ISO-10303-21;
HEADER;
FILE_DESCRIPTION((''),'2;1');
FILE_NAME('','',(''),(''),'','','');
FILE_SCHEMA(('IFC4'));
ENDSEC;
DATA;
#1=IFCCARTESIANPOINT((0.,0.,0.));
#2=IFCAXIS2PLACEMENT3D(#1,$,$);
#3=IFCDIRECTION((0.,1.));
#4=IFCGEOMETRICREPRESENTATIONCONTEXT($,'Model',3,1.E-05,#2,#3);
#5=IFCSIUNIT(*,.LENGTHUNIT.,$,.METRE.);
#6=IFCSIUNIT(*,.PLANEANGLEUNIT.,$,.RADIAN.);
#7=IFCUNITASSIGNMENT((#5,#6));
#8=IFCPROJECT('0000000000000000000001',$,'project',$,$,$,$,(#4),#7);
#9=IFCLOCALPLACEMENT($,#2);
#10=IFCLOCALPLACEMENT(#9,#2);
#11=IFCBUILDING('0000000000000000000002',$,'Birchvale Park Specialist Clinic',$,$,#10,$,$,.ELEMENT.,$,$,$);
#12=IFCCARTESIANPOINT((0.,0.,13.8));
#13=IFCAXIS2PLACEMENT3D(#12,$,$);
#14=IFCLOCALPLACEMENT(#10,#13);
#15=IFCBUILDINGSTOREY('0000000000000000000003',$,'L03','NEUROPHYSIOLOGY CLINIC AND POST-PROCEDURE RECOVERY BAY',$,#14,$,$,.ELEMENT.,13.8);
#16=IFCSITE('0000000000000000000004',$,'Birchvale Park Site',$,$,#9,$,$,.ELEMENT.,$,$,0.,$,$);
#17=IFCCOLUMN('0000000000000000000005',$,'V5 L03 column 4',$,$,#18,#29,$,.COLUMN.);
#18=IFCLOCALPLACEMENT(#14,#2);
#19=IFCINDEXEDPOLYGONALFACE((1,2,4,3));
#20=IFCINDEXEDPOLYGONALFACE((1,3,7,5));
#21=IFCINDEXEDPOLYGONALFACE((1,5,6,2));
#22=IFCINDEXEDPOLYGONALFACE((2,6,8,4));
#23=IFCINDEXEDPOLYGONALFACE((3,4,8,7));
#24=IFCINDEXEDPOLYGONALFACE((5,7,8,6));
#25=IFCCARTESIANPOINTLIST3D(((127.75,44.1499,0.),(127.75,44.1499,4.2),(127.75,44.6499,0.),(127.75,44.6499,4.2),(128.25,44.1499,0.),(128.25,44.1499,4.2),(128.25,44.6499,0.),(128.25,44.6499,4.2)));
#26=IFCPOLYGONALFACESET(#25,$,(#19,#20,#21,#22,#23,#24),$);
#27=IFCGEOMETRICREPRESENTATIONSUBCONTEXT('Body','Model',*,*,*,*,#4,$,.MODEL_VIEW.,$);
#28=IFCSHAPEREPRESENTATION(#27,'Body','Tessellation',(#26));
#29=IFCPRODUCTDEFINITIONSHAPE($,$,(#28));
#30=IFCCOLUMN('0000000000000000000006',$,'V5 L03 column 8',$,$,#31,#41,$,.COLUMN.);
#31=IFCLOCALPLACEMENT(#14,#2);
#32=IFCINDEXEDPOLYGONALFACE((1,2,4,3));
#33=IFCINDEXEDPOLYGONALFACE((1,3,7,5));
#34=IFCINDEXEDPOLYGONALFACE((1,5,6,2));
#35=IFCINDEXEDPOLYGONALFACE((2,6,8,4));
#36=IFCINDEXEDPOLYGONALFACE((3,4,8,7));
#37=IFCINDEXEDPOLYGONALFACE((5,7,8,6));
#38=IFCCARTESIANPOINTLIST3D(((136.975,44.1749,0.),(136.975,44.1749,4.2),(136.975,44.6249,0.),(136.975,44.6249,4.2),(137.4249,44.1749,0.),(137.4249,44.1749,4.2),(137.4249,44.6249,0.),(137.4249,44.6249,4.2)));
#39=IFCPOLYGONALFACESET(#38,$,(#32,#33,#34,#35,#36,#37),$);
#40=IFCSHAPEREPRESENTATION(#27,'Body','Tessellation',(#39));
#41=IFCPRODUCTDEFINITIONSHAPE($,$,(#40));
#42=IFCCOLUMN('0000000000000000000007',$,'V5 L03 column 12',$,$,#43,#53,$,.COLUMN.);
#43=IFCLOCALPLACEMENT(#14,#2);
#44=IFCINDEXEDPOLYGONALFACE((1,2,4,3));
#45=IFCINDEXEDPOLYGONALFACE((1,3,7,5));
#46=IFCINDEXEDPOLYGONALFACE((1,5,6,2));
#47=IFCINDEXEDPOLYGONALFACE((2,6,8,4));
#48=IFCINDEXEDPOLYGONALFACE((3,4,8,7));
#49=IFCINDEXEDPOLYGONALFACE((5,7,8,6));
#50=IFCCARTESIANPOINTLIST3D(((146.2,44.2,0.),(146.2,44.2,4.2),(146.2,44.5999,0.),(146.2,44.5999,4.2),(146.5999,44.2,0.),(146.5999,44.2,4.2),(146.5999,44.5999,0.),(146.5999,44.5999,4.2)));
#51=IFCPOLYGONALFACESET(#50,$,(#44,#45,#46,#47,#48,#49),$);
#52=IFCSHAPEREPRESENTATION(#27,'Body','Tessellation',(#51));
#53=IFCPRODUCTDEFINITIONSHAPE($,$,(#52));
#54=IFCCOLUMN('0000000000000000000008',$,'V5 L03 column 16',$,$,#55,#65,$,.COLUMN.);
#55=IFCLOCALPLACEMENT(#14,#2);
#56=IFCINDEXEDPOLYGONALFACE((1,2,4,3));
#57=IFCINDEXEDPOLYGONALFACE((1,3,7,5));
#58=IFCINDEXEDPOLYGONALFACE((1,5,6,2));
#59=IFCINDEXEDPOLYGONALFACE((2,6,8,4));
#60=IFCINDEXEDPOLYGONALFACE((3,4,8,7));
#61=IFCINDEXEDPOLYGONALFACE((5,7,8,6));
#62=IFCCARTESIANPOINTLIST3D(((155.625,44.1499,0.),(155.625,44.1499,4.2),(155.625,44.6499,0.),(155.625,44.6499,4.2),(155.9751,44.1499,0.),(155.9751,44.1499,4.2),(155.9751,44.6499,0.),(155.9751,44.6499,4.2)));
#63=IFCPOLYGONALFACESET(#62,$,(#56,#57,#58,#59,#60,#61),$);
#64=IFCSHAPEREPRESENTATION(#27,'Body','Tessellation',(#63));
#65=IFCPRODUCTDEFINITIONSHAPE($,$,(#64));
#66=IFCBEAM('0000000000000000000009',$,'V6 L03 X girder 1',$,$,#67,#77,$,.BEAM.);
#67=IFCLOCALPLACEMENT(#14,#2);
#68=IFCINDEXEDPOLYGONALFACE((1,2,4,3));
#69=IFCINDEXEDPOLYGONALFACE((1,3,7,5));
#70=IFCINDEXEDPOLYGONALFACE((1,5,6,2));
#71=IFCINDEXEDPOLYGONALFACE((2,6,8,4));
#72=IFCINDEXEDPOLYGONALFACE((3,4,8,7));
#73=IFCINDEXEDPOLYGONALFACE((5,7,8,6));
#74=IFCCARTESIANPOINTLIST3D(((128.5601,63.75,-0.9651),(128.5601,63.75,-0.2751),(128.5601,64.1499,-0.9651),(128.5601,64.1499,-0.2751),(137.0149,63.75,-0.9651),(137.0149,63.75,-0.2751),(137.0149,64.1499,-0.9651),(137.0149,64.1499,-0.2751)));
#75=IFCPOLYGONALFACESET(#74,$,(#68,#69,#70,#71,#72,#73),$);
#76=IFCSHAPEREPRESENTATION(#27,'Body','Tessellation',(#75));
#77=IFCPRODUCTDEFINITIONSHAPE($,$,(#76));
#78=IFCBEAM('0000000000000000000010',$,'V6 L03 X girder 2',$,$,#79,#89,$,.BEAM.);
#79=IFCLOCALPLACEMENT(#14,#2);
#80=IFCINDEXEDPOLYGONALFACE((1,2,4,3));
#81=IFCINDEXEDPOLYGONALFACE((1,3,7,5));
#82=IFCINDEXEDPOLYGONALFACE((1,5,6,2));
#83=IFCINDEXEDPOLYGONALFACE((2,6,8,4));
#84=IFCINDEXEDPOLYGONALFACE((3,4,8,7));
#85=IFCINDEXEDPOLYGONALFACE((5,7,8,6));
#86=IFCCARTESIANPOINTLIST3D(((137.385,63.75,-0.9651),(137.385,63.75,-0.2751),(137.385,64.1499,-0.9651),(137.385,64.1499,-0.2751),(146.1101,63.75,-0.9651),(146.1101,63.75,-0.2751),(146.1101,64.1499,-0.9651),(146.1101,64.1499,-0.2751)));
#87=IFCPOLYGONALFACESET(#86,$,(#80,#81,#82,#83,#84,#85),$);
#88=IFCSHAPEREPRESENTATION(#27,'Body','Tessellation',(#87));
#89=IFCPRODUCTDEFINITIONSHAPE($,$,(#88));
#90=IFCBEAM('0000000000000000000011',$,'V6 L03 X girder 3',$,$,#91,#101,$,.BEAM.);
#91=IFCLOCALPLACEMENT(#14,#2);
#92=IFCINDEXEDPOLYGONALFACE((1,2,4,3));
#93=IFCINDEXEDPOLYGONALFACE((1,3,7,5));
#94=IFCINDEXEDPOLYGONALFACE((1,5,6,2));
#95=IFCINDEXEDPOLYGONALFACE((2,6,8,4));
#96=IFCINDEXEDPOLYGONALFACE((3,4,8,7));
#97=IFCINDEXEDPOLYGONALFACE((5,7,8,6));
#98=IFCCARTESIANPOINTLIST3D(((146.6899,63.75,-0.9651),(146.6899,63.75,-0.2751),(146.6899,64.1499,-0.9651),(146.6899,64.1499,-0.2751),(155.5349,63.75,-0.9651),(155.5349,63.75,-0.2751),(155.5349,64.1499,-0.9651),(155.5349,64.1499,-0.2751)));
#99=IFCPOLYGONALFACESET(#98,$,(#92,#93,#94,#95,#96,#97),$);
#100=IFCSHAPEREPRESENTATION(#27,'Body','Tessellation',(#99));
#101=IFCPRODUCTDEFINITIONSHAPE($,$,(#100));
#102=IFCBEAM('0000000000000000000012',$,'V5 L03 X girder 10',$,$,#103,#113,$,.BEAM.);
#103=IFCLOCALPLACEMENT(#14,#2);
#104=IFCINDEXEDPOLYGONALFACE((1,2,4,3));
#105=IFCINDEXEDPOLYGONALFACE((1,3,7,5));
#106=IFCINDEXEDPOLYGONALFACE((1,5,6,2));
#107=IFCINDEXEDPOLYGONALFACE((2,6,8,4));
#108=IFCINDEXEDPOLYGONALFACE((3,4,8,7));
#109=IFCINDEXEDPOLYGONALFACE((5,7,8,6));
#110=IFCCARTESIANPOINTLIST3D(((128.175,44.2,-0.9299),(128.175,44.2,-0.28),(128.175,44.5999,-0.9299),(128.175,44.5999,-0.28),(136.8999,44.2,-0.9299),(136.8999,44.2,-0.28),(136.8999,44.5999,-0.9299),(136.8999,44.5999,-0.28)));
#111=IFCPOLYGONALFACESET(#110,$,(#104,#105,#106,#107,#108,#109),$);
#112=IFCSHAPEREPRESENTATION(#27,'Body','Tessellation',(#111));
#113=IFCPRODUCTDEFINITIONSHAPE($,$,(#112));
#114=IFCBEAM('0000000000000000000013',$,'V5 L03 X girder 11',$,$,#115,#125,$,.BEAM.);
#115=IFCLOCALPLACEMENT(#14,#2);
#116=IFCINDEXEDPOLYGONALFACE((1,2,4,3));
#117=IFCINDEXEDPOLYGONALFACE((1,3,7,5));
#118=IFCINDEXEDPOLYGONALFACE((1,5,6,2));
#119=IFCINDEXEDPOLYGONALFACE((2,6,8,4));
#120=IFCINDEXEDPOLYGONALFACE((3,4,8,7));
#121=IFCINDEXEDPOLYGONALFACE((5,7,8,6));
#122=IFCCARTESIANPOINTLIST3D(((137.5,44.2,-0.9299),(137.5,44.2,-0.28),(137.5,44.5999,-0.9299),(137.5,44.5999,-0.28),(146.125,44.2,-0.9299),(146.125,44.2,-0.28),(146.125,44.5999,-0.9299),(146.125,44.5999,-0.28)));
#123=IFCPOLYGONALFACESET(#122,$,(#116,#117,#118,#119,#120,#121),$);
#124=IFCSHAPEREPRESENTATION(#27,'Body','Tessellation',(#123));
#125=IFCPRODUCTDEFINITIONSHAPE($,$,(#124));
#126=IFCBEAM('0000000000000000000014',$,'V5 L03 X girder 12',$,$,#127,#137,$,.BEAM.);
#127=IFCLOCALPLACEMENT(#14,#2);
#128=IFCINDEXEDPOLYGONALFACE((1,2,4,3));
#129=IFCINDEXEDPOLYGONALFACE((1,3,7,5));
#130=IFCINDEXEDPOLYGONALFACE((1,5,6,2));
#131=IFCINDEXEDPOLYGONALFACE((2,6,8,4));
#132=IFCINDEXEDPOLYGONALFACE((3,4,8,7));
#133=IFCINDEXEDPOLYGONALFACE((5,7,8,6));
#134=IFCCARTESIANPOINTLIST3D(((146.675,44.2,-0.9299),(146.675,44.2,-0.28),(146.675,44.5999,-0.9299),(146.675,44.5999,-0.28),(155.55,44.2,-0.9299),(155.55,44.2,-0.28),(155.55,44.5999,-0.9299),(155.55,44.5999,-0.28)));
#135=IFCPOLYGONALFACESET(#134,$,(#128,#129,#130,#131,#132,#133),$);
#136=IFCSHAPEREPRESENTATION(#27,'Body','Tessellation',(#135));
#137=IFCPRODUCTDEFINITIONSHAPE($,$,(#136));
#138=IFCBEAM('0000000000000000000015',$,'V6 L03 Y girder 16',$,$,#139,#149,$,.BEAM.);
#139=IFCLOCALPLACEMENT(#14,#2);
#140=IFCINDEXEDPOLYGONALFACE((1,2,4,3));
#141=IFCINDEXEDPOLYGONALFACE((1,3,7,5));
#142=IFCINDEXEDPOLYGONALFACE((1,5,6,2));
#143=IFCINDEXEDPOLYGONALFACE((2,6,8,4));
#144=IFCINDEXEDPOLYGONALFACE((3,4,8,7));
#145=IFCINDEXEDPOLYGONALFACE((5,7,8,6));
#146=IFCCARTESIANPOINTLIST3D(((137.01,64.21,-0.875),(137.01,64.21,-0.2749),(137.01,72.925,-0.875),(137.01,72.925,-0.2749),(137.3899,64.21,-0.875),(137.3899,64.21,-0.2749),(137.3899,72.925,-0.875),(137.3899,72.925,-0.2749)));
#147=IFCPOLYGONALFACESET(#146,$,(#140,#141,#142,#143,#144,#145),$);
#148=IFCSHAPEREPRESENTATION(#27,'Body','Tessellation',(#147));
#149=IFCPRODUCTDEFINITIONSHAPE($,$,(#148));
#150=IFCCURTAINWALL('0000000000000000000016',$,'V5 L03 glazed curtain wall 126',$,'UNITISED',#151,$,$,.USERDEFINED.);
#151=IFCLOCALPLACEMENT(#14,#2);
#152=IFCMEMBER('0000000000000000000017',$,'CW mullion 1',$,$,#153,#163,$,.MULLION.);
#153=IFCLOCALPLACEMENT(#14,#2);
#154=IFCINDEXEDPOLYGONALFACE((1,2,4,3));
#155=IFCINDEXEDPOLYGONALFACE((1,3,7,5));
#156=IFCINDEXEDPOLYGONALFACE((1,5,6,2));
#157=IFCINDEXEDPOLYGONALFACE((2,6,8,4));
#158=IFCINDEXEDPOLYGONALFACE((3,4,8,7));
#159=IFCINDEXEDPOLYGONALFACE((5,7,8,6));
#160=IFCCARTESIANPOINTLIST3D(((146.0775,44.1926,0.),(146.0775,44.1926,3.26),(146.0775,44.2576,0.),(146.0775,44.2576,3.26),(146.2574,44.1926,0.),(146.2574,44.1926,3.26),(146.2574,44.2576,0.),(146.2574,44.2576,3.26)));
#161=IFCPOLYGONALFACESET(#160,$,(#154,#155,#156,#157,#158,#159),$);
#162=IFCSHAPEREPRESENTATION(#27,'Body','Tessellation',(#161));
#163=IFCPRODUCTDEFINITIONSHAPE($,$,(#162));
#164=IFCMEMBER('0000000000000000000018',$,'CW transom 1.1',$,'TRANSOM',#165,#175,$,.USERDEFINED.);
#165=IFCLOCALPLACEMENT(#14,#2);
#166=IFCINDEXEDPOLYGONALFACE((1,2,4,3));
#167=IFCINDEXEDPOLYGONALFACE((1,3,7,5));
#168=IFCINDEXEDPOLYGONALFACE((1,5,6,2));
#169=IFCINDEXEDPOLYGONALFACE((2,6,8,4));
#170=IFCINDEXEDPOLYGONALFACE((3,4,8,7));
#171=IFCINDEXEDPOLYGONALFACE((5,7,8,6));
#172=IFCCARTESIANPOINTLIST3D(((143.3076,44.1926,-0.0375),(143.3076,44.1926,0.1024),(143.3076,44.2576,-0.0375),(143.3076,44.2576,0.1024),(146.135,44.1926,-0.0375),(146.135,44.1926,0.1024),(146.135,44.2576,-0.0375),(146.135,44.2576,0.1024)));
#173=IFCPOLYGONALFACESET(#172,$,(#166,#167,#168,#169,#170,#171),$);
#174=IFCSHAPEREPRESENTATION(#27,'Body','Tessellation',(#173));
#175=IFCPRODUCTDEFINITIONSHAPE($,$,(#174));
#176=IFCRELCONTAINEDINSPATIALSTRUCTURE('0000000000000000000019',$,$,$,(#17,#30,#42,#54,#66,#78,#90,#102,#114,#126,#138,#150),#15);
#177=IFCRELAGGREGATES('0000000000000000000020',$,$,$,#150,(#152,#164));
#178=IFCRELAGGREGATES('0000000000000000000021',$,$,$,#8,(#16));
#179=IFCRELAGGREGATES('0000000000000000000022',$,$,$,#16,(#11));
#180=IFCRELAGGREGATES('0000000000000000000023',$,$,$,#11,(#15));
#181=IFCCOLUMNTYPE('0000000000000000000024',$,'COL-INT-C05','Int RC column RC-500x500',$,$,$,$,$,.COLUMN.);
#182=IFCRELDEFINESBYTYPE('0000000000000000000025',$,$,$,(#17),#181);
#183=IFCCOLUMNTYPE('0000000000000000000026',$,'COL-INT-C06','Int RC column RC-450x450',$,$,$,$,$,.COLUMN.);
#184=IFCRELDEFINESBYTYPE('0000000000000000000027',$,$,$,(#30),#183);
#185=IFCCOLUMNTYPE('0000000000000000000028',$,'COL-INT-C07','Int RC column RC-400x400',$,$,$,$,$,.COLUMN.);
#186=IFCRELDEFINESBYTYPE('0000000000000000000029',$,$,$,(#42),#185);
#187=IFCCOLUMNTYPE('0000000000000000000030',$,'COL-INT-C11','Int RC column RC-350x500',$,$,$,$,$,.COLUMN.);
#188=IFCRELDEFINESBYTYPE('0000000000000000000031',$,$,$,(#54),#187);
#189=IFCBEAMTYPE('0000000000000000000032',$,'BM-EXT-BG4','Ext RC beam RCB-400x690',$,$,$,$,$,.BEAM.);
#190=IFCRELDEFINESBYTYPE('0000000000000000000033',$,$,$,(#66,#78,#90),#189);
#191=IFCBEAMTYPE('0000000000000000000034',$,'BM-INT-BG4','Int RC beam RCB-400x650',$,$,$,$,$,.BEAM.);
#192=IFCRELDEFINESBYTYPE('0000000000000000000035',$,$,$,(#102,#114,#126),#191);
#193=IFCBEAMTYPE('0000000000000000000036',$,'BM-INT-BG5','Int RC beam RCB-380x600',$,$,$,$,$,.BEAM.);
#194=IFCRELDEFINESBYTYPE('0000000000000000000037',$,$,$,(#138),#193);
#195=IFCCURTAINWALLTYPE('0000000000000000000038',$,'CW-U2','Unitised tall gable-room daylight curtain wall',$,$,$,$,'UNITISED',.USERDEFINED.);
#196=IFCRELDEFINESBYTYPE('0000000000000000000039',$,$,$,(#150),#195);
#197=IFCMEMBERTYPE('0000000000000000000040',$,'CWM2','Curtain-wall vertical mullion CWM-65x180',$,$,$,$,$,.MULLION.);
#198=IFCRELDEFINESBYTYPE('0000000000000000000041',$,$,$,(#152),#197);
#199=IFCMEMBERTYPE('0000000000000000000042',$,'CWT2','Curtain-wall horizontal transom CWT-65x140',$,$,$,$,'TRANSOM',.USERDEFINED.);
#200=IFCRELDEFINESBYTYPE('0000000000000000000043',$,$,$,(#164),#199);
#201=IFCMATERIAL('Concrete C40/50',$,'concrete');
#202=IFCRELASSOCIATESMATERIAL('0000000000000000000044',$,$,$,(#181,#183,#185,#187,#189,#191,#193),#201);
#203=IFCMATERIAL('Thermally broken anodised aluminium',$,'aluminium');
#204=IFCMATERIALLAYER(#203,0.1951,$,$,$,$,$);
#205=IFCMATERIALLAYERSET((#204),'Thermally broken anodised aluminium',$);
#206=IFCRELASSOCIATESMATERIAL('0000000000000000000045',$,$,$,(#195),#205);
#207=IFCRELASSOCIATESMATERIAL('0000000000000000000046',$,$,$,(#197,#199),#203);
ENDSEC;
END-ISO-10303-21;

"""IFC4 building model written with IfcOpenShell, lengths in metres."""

from ifc_helpers import new_model, si_unit, direction, frame, origin, origin_2d, place, context, subcontext, project, spatial, rectangle, extrude, material, layer, layer_set, material_profile, profile_set, type_object, element, aggregate, save


model = new_model("IFC4")

# Units and contexts
model_context = context("Model", 3, precision=1e-05, world=origin(), true_north=direction((0.0, 1.0)))
body_context = subcontext(model_context, "Body", "Model", "MODEL_VIEW")
ifc_project = project(units=[si_unit("LENGTHUNIT", "METRE"), si_unit("PLANEANGLEUNIT", "RADIAN")], contexts=[model_context])

# Site, building, storey
site_placement = place(None, origin())
site = spatial("IfcSite", under=ifc_project, at=site_placement, Name="Birchvale Park Site", CompositionType="ELEMENT", RefElevation=0.0)
building_placement = place(site_placement, origin())
building = spatial("IfcBuilding", under=site, at=building_placement, Name="Birchvale Park Specialist Clinic", CompositionType="ELEMENT")
storey_placement = place(building_placement, frame((0.0, 0.0, 13.8)))
storey = spatial("IfcBuildingStorey", under=building, at=storey_placement, Name="L03", Description="NEUROPHYSIOLOGY CLINIC AND POST-PROCEDURE RECOVERY BAY", CompositionType="ELEMENT", Elevation=13.8)

# Columns
ifc_material_1 = material(Name="Concrete C40/50", Category="concrete")
ifc_material_profile_1 = material_profile(ifc_material_1, rectangle(XDim=0.5, YDim=0.5, at=origin_2d()), Name="RC-500x500")
ifc_profile_set_1 = profile_set([ifc_material_profile_1], Name="Concrete C40/50")
column_type_1 = type_object("IfcColumnType", Name="COL-INT-C05", Description="Int RC column RC-500x500", PredefinedType="COLUMN", material=ifc_profile_set_1)
column_1_placement = place(storey_placement, frame((128.0, 44.3999, 0.0), z_axis=(0.0, 0.0, 1.0), x_axis=(1.0, 0.0, 0.0)))
element("IfcColumn", 1, at=column_1_placement, inside=storey, type_object=column_type_1, Name="V5 L03 column 4", PredefinedType="COLUMN", context=body_context, shape_type="SweptSolid", body=[
    extrude(rectangle(XDim=0.5, YDim=0.5, at=origin_2d()), origin(), (0.0, 0.0, 1.0), 4.2),
])
ifc_material_profile_2 = material_profile(ifc_material_1, rectangle(XDim=0.45, YDim=0.45, at=origin_2d()), Name="RC-450x450")
ifc_profile_set_2 = profile_set([ifc_material_profile_2], Name="Concrete C40/50")
column_type_2 = type_object("IfcColumnType", Name="COL-INT-C06", Description="Int RC column RC-450x450", PredefinedType="COLUMN", material=ifc_profile_set_2)
column_2_placement = place(storey_placement, frame((137.2, 44.3999, 0.0), z_axis=(0.0, 0.0, 1.0), x_axis=(1.0, 0.0, 0.0)))
element("IfcColumn", 2, at=column_2_placement, inside=storey, type_object=column_type_2, Name="V5 L03 column 8", PredefinedType="COLUMN", context=body_context, shape_type="SweptSolid", body=[
    extrude(rectangle(XDim=0.45, YDim=0.45, at=origin_2d()), origin(), (0.0, 0.0, 1.0), 4.2),
])
ifc_material_profile_3 = material_profile(ifc_material_1, rectangle(XDim=0.3999, YDim=0.3999, at=origin_2d()), Name="RC-400x400")
ifc_profile_set_3 = profile_set([ifc_material_profile_3], Name="Concrete C40/50")
column_type_3 = type_object("IfcColumnType", Name="COL-INT-C07", Description="Int RC column RC-400x400", PredefinedType="COLUMN", material=ifc_profile_set_3)
column_3_placement = place(storey_placement, frame((146.3999, 44.3999, 0.0), z_axis=(0.0, 0.0, 1.0), x_axis=(1.0, 0.0, 0.0)))
element("IfcColumn", 3, at=column_3_placement, inside=storey, type_object=column_type_3, Name="V5 L03 column 12", PredefinedType="COLUMN", context=body_context, shape_type="SweptSolid", body=[
    extrude(rectangle(XDim=0.3999, YDim=0.3999, at=origin_2d()), origin(), (0.0, 0.0, 1.0), 4.2),
])
ifc_material_profile_4 = material_profile(ifc_material_1, rectangle(XDim=0.3501, YDim=0.5, at=origin_2d()), Name="RC-350x500")
ifc_profile_set_4 = profile_set([ifc_material_profile_4], Name="Concrete C40/50")
column_type_4 = type_object("IfcColumnType", Name="COL-INT-C11", Description="Int RC column RC-350x500", PredefinedType="COLUMN", material=ifc_profile_set_4)
column_4_placement = place(storey_placement, frame((155.8, 44.3999, 0.0), z_axis=(0.0, 0.0, 1.0), x_axis=(1.0, 0.0, 0.0)))
element("IfcColumn", 4, at=column_4_placement, inside=storey, type_object=column_type_4, Name="V5 L03 column 16", PredefinedType="COLUMN", context=body_context, shape_type="SweptSolid", body=[
    extrude(rectangle(XDim=0.3501, YDim=0.5, at=origin_2d()), origin(), (0.0, 0.0, 1.0), 4.2),
])

# Beams
ifc_material_profile_5 = material_profile(ifc_material_1, rectangle(XDim=0.3999, YDim=0.6899, at=origin_2d()), Name="RCB-400x690")
ifc_profile_set_5 = profile_set([ifc_material_profile_5], Name="Concrete C40/50")
beam_type_1 = type_object("IfcBeamType", Name="BM-EXT-BG4", Description="Ext RC beam RCB-400x690", PredefinedType="BEAM", material=ifc_profile_set_5)
beam_1_placement = place(storey_placement, frame((128.5601, 63.95, -0.6201), z_axis=(1.0, 0.0, 0.0), x_axis=(0.0, 1.0, 0.0)))
element("IfcBeam", 5, at=beam_1_placement, inside=storey, type_object=beam_type_1, Name="V6 L03 X girder 1", PredefinedType="BEAM", context=body_context, shape_type="SweptSolid", body=[
    extrude(rectangle(XDim=0.3999, YDim=0.6899, at=origin_2d()), origin(), (0.0, 0.0, 1.0), 8.4548),
])
beam_2_placement = place(storey_placement, frame((137.385, 63.95, -0.6201), z_axis=(1.0, 0.0, 0.0), x_axis=(0.0, 1.0, 0.0)))
element("IfcBeam", 6, at=beam_2_placement, inside=storey, type_object=beam_type_1, Name="V6 L03 X girder 2", PredefinedType="BEAM", context=body_context, shape_type="SweptSolid", body=[
    extrude(rectangle(XDim=0.3999, YDim=0.6899, at=origin_2d()), origin(), (0.0, 0.0, 1.0), 8.7251),
])
beam_3_placement = place(storey_placement, frame((146.6899, 63.95, -0.6201), z_axis=(1.0, 0.0, 0.0), x_axis=(0.0, 1.0, 0.0)))
element("IfcBeam", 7, at=beam_3_placement, inside=storey, type_object=beam_type_1, Name="V6 L03 X girder 3", PredefinedType="BEAM", context=body_context, shape_type="SweptSolid", body=[
    extrude(rectangle(XDim=0.3999, YDim=0.6899, at=origin_2d()), origin(), (0.0, 0.0, 1.0), 8.845),
])
ifc_material_profile_6 = material_profile(ifc_material_1, rectangle(XDim=0.3999, YDim=0.6499, at=origin_2d()), Name="RCB-400x650")
ifc_profile_set_6 = profile_set([ifc_material_profile_6], Name="Concrete C40/50")
beam_type_2 = type_object("IfcBeamType", Name="BM-INT-BG4", Description="Int RC beam RCB-400x650", PredefinedType="BEAM", material=ifc_profile_set_6)
beam_4_placement = place(storey_placement, frame((128.175, 44.3999, -0.605), z_axis=(1.0, 0.0, 0.0), x_axis=(0.0, 1.0, 0.0)))
element("IfcBeam", 8, at=beam_4_placement, inside=storey, type_object=beam_type_2, Name="V5 L03 X girder 10", PredefinedType="BEAM", context=body_context, shape_type="SweptSolid", body=[
    extrude(rectangle(XDim=0.3999, YDim=0.6499, at=origin_2d()), origin(), (0.0, 0.0, 1.0), 8.7249),
])
beam_5_placement = place(storey_placement, frame((137.5, 44.3999, -0.605), z_axis=(1.0, 0.0, 0.0), x_axis=(0.0, 1.0, 0.0)))
element("IfcBeam", 9, at=beam_5_placement, inside=storey, type_object=beam_type_2, Name="V5 L03 X girder 11", PredefinedType="BEAM", context=body_context, shape_type="SweptSolid", body=[
    extrude(rectangle(XDim=0.3999, YDim=0.6499, at=origin_2d()), origin(), (0.0, 0.0, 1.0), 8.625),
])
beam_6_placement = place(storey_placement, frame((146.675, 44.3999, -0.605), z_axis=(1.0, 0.0, 0.0), x_axis=(0.0, 1.0, 0.0)))
element("IfcBeam", 10, at=beam_6_placement, inside=storey, type_object=beam_type_2, Name="V5 L03 X girder 12", PredefinedType="BEAM", context=body_context, shape_type="SweptSolid", body=[
    extrude(rectangle(XDim=0.3999, YDim=0.6499, at=origin_2d()), origin(), (0.0, 0.0, 1.0), 8.875),
])
ifc_material_profile_7 = material_profile(ifc_material_1, rectangle(XDim=0.3799, YDim=0.6001, at=origin_2d()), Name="RCB-380x600")
ifc_profile_set_7 = profile_set([ifc_material_profile_7], Name="Concrete C40/50")
beam_type_3 = type_object("IfcBeamType", Name="BM-INT-BG5", Description="Int RC beam RCB-380x600", PredefinedType="BEAM", material=ifc_profile_set_7)
beam_7_placement = place(storey_placement, frame((137.2, 64.21, -0.575), z_axis=(0.0, 1.0, 0.0), x_axis=(-1.0, 0.0, 0.0)))
element("IfcBeam", 11, at=beam_7_placement, inside=storey, type_object=beam_type_3, Name="V6 L03 Y girder 16", PredefinedType="BEAM", context=body_context, shape_type="SweptSolid", body=[
    extrude(rectangle(XDim=0.3799, YDim=0.6001, at=origin_2d()), origin(), (0.0, 0.0, 1.0), 8.7151),
])

# Curtain wall, members
ifc_material_2 = material(Name="Thermally broken anodised aluminium", Category="aluminium")
ifc_layer_1 = layer(ifc_material_2, 0.1951)
ifc_layer_set_1 = layer_set([ifc_layer_1], Name="Thermally broken anodised aluminium")
curtain_wall_type = type_object("IfcCurtainWallType", Name="CW-U2", Description="Unitised tall gable-room daylight curtain wall", ElementType="UNITISED", PredefinedType="USERDEFINED", material=ifc_layer_set_1)
curtain_wall_placement = place(storey_placement, origin())
curtain_wall = element("IfcCurtainWall", 12, at=curtain_wall_placement, inside=storey, type_object=curtain_wall_type, Name="V5 L03 glazed curtain wall 126", ObjectType="UNITISED", PredefinedType="USERDEFINED")
ifc_material_profile_8 = material_profile(ifc_material_2, rectangle(XDim=0.0649, YDim=0.1799, at=origin_2d()), Name="CWM-65x180")
ifc_profile_set_8 = profile_set([ifc_material_profile_8], Name="Thermally broken anodised aluminium")
member_type_1 = type_object("IfcMemberType", Name="CWM2", Description="Curtain-wall vertical mullion CWM-65x180", PredefinedType="MULLION", material=ifc_profile_set_8)
member_1_placement = place(storey_placement, frame((146.1675, 44.2251, 0.0), z_axis=(0.0, 0.0, 1.0), x_axis=(0.0, -1.0, 0.0)))
member_1 = element("IfcMember", 13, at=member_1_placement, type_object=member_type_1, Name="CW mullion 1", PredefinedType="MULLION", context=body_context, shape_type="SweptSolid", body=[
    extrude(rectangle(XDim=0.0649, YDim=0.1799, at=origin_2d()), origin(), (0.0, 0.0, 1.0), 3.26),
])
ifc_material_profile_9 = material_profile(ifc_material_2, rectangle(XDim=0.0649, YDim=0.1399, at=origin_2d()), Name="CWT-65x140")
ifc_profile_set_9 = profile_set([ifc_material_profile_9], Name="Thermally broken anodised aluminium")
member_type_2 = type_object("IfcMemberType", Name="CWT2", Description="Curtain-wall horizontal transom CWT-65x140", ElementType="TRANSOM", PredefinedType="USERDEFINED", material=ifc_profile_set_9)
member_2_placement = place(storey_placement, frame((146.135, 44.2251, 0.0325), z_axis=(-1.0, 0.0, 0.0), x_axis=(0.0, -1.0, 0.0)))
member_2 = element("IfcMember", 14, at=member_2_placement, type_object=member_type_2, Name="CW transom 1.1", ObjectType="TRANSOM", PredefinedType="USERDEFINED", context=body_context, shape_type="SweptSolid", body=[
    extrude(rectangle(XDim=0.0649, YDim=0.1399, at=origin_2d()), origin(), (0.0, 0.0, 1.0), 2.8274),
])

aggregate(curtain_wall, [member_1, member_2])

save(model, "model.ifc")
